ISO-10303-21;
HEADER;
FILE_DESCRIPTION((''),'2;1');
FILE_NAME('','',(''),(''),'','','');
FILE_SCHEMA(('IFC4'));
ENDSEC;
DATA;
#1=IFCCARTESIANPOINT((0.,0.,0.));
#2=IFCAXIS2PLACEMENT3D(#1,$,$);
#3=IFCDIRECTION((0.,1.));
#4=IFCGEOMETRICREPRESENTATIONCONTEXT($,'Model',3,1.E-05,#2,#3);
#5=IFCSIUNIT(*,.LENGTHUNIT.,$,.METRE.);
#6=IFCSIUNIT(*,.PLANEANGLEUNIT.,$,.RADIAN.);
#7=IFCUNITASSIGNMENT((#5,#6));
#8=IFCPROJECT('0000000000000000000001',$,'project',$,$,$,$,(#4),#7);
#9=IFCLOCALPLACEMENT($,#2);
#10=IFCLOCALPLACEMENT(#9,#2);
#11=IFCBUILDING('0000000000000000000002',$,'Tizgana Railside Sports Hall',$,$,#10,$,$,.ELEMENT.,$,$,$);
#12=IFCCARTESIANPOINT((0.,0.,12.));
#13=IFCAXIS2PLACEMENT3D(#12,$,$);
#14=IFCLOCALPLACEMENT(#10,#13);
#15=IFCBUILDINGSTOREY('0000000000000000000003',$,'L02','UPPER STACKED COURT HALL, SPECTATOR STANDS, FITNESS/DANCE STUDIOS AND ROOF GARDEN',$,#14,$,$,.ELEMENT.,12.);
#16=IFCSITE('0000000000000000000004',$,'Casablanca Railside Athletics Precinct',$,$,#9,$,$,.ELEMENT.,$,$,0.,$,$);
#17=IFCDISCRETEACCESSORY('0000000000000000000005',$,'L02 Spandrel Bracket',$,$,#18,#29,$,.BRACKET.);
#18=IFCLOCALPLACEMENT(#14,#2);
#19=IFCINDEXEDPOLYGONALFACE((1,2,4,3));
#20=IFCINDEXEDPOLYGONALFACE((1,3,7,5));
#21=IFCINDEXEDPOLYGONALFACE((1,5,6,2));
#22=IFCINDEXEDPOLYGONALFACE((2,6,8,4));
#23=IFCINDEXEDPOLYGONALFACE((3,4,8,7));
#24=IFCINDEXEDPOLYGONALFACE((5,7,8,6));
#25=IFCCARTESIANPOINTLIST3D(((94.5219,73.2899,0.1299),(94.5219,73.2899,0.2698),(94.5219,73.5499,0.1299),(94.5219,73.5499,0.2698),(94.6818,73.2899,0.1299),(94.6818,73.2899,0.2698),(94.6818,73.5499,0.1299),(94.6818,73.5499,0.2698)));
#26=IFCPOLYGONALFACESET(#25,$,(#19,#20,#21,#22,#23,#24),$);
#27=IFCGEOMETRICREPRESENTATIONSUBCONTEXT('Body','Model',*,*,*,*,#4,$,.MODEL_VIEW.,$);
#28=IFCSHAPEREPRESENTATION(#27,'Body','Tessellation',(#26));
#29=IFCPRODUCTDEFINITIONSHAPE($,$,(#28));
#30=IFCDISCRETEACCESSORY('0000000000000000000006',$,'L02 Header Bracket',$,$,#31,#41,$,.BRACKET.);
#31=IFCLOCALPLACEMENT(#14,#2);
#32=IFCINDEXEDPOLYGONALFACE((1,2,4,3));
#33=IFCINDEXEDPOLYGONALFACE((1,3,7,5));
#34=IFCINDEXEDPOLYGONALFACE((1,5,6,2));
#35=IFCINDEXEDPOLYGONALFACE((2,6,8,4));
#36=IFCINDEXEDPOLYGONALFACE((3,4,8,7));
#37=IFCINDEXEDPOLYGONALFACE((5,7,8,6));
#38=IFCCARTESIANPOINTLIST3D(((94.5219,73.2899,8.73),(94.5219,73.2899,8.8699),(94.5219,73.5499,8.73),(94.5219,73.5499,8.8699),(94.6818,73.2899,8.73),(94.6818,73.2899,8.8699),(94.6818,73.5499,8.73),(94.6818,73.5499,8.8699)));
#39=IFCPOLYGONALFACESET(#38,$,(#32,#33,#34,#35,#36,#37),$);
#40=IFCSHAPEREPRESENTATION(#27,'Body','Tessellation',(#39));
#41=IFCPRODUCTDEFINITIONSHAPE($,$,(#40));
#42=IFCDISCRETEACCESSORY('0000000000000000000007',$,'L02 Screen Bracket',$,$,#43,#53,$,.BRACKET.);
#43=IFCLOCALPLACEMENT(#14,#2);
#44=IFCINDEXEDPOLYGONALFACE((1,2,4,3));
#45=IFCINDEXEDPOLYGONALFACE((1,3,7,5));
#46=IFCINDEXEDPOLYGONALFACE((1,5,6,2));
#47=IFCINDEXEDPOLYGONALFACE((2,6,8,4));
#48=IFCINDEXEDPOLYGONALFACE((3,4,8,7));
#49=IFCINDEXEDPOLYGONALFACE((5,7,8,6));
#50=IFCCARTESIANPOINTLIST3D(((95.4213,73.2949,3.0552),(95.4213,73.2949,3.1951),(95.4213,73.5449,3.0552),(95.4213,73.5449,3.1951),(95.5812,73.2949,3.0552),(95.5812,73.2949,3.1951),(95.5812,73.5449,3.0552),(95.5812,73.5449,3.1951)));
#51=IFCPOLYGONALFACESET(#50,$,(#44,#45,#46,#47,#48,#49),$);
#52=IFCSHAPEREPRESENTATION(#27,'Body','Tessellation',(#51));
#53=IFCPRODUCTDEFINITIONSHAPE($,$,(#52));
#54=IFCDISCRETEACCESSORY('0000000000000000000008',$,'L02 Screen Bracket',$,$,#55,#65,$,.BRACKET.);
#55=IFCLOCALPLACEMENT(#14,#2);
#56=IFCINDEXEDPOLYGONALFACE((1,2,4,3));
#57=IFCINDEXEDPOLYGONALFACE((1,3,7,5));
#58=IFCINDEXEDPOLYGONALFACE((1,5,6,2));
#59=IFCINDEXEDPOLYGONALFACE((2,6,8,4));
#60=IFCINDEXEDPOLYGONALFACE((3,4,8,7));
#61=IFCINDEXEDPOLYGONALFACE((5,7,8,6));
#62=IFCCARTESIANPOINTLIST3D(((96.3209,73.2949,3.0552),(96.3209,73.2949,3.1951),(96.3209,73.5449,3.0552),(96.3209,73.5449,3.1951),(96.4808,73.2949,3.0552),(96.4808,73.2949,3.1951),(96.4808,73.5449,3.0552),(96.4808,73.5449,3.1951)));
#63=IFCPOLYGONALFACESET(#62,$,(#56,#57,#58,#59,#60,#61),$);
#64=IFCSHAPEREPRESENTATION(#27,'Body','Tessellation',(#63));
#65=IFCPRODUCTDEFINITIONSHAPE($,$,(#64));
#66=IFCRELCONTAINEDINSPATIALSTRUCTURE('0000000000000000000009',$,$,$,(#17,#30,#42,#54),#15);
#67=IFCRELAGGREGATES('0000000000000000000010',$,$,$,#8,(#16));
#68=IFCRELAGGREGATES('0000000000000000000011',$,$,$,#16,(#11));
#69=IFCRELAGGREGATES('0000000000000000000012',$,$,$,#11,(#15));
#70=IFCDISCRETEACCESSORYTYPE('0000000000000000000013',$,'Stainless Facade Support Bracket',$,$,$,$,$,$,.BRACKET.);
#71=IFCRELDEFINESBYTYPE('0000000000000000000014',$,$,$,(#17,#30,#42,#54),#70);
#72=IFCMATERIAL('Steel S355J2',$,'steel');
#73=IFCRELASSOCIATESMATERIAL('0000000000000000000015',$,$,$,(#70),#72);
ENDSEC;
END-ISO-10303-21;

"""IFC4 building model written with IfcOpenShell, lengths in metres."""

from ifc_helpers import new_model, si_unit, direction, frame, origin, origin_2d, place, context, subcontext, project, spatial, rectangle, extrude, material, type_object, element, save


model = new_model("IFC4")

# Units and contexts
model_context = context("Model", 3, precision=1e-05, world=origin(), true_north=direction((0.0, 1.0)))
body_context = subcontext(model_context, "Body", "Model", "MODEL_VIEW")
ifc_project = project(units=[si_unit("LENGTHUNIT", "METRE"), si_unit("PLANEANGLEUNIT", "RADIAN")], contexts=[model_context])

# Site, building, storey
site_placement = place(None, origin())
site = spatial("IfcSite", under=ifc_project, at=site_placement, Name="Casablanca Railside Athletics Precinct", CompositionType="ELEMENT", RefElevation=0.0)
building_placement = place(site_placement, origin())
building = spatial("IfcBuilding", under=site, at=building_placement, Name="Tizgana Railside Sports Hall", CompositionType="ELEMENT")
storey_placement = place(building_placement, frame((0.0, 0.0, 12.0)))
storey = spatial("IfcBuildingStorey", under=building, at=storey_placement, Name="L02", Description="UPPER STACKED COURT HALL, SPECTATOR STANDS, FITNESS/DANCE STUDIOS AND ROOF GARDEN", CompositionType="ELEMENT", Elevation=12.0)

# Shared definitions
ifc_material = material(Name="Steel S355J2", Category="steel")

# Discrete accessories
discrete_accessory_type = type_object("IfcDiscreteAccessoryType", Name="Stainless Facade Support Bracket", PredefinedType="BRACKET", material=ifc_material)
for number, where, z_axis, x_axis, name in (
    (1, (94.6018, 73.4199, 0.1299), (0.0, 0.0, 1.0), (1.0, 0.0, 0.0), "L02 Spandrel Bracket"),
    (2, (94.6018, 73.4199, 8.73), (0.0, 0.0, 1.0), (1.0, 0.0, 0.0), "L02 Header Bracket"),
):
    element("IfcDiscreteAccessory", number, at=place(storey_placement, frame(where, z_axis=z_axis, x_axis=x_axis)), inside=storey, type_object=discrete_accessory_type, Name=name, PredefinedType="BRACKET", context=body_context, shape_type="SweptSolid", body=[
        extrude(rectangle(XDim=0.1599, YDim=0.26, at=origin_2d()), origin(), (0.0, 0.0, 1.0), 0.1399),
    ])
for number, where, z_axis, x_axis, name in (
    (3, (95.5012, 73.4199, 3.0552), (0.0, 0.0, 1.0), (1.0, 0.0, 0.0), "L02 Screen Bracket"),
    (4, (96.4009, 73.4199, 3.0552), (0.0, 0.0, 1.0), (1.0, 0.0, 0.0), "L02 Screen Bracket"),
):
    element("IfcDiscreteAccessory", number, at=place(storey_placement, frame(where, z_axis=z_axis, x_axis=x_axis)), inside=storey, type_object=discrete_accessory_type, Name=name, PredefinedType="BRACKET", context=body_context, shape_type="SweptSolid", body=[
        extrude(rectangle(XDim=0.1599, YDim=0.25, at=origin_2d()), origin(), (0.0, 0.0, 1.0), 0.1399),
    ])

save(model, "model.ifc")
